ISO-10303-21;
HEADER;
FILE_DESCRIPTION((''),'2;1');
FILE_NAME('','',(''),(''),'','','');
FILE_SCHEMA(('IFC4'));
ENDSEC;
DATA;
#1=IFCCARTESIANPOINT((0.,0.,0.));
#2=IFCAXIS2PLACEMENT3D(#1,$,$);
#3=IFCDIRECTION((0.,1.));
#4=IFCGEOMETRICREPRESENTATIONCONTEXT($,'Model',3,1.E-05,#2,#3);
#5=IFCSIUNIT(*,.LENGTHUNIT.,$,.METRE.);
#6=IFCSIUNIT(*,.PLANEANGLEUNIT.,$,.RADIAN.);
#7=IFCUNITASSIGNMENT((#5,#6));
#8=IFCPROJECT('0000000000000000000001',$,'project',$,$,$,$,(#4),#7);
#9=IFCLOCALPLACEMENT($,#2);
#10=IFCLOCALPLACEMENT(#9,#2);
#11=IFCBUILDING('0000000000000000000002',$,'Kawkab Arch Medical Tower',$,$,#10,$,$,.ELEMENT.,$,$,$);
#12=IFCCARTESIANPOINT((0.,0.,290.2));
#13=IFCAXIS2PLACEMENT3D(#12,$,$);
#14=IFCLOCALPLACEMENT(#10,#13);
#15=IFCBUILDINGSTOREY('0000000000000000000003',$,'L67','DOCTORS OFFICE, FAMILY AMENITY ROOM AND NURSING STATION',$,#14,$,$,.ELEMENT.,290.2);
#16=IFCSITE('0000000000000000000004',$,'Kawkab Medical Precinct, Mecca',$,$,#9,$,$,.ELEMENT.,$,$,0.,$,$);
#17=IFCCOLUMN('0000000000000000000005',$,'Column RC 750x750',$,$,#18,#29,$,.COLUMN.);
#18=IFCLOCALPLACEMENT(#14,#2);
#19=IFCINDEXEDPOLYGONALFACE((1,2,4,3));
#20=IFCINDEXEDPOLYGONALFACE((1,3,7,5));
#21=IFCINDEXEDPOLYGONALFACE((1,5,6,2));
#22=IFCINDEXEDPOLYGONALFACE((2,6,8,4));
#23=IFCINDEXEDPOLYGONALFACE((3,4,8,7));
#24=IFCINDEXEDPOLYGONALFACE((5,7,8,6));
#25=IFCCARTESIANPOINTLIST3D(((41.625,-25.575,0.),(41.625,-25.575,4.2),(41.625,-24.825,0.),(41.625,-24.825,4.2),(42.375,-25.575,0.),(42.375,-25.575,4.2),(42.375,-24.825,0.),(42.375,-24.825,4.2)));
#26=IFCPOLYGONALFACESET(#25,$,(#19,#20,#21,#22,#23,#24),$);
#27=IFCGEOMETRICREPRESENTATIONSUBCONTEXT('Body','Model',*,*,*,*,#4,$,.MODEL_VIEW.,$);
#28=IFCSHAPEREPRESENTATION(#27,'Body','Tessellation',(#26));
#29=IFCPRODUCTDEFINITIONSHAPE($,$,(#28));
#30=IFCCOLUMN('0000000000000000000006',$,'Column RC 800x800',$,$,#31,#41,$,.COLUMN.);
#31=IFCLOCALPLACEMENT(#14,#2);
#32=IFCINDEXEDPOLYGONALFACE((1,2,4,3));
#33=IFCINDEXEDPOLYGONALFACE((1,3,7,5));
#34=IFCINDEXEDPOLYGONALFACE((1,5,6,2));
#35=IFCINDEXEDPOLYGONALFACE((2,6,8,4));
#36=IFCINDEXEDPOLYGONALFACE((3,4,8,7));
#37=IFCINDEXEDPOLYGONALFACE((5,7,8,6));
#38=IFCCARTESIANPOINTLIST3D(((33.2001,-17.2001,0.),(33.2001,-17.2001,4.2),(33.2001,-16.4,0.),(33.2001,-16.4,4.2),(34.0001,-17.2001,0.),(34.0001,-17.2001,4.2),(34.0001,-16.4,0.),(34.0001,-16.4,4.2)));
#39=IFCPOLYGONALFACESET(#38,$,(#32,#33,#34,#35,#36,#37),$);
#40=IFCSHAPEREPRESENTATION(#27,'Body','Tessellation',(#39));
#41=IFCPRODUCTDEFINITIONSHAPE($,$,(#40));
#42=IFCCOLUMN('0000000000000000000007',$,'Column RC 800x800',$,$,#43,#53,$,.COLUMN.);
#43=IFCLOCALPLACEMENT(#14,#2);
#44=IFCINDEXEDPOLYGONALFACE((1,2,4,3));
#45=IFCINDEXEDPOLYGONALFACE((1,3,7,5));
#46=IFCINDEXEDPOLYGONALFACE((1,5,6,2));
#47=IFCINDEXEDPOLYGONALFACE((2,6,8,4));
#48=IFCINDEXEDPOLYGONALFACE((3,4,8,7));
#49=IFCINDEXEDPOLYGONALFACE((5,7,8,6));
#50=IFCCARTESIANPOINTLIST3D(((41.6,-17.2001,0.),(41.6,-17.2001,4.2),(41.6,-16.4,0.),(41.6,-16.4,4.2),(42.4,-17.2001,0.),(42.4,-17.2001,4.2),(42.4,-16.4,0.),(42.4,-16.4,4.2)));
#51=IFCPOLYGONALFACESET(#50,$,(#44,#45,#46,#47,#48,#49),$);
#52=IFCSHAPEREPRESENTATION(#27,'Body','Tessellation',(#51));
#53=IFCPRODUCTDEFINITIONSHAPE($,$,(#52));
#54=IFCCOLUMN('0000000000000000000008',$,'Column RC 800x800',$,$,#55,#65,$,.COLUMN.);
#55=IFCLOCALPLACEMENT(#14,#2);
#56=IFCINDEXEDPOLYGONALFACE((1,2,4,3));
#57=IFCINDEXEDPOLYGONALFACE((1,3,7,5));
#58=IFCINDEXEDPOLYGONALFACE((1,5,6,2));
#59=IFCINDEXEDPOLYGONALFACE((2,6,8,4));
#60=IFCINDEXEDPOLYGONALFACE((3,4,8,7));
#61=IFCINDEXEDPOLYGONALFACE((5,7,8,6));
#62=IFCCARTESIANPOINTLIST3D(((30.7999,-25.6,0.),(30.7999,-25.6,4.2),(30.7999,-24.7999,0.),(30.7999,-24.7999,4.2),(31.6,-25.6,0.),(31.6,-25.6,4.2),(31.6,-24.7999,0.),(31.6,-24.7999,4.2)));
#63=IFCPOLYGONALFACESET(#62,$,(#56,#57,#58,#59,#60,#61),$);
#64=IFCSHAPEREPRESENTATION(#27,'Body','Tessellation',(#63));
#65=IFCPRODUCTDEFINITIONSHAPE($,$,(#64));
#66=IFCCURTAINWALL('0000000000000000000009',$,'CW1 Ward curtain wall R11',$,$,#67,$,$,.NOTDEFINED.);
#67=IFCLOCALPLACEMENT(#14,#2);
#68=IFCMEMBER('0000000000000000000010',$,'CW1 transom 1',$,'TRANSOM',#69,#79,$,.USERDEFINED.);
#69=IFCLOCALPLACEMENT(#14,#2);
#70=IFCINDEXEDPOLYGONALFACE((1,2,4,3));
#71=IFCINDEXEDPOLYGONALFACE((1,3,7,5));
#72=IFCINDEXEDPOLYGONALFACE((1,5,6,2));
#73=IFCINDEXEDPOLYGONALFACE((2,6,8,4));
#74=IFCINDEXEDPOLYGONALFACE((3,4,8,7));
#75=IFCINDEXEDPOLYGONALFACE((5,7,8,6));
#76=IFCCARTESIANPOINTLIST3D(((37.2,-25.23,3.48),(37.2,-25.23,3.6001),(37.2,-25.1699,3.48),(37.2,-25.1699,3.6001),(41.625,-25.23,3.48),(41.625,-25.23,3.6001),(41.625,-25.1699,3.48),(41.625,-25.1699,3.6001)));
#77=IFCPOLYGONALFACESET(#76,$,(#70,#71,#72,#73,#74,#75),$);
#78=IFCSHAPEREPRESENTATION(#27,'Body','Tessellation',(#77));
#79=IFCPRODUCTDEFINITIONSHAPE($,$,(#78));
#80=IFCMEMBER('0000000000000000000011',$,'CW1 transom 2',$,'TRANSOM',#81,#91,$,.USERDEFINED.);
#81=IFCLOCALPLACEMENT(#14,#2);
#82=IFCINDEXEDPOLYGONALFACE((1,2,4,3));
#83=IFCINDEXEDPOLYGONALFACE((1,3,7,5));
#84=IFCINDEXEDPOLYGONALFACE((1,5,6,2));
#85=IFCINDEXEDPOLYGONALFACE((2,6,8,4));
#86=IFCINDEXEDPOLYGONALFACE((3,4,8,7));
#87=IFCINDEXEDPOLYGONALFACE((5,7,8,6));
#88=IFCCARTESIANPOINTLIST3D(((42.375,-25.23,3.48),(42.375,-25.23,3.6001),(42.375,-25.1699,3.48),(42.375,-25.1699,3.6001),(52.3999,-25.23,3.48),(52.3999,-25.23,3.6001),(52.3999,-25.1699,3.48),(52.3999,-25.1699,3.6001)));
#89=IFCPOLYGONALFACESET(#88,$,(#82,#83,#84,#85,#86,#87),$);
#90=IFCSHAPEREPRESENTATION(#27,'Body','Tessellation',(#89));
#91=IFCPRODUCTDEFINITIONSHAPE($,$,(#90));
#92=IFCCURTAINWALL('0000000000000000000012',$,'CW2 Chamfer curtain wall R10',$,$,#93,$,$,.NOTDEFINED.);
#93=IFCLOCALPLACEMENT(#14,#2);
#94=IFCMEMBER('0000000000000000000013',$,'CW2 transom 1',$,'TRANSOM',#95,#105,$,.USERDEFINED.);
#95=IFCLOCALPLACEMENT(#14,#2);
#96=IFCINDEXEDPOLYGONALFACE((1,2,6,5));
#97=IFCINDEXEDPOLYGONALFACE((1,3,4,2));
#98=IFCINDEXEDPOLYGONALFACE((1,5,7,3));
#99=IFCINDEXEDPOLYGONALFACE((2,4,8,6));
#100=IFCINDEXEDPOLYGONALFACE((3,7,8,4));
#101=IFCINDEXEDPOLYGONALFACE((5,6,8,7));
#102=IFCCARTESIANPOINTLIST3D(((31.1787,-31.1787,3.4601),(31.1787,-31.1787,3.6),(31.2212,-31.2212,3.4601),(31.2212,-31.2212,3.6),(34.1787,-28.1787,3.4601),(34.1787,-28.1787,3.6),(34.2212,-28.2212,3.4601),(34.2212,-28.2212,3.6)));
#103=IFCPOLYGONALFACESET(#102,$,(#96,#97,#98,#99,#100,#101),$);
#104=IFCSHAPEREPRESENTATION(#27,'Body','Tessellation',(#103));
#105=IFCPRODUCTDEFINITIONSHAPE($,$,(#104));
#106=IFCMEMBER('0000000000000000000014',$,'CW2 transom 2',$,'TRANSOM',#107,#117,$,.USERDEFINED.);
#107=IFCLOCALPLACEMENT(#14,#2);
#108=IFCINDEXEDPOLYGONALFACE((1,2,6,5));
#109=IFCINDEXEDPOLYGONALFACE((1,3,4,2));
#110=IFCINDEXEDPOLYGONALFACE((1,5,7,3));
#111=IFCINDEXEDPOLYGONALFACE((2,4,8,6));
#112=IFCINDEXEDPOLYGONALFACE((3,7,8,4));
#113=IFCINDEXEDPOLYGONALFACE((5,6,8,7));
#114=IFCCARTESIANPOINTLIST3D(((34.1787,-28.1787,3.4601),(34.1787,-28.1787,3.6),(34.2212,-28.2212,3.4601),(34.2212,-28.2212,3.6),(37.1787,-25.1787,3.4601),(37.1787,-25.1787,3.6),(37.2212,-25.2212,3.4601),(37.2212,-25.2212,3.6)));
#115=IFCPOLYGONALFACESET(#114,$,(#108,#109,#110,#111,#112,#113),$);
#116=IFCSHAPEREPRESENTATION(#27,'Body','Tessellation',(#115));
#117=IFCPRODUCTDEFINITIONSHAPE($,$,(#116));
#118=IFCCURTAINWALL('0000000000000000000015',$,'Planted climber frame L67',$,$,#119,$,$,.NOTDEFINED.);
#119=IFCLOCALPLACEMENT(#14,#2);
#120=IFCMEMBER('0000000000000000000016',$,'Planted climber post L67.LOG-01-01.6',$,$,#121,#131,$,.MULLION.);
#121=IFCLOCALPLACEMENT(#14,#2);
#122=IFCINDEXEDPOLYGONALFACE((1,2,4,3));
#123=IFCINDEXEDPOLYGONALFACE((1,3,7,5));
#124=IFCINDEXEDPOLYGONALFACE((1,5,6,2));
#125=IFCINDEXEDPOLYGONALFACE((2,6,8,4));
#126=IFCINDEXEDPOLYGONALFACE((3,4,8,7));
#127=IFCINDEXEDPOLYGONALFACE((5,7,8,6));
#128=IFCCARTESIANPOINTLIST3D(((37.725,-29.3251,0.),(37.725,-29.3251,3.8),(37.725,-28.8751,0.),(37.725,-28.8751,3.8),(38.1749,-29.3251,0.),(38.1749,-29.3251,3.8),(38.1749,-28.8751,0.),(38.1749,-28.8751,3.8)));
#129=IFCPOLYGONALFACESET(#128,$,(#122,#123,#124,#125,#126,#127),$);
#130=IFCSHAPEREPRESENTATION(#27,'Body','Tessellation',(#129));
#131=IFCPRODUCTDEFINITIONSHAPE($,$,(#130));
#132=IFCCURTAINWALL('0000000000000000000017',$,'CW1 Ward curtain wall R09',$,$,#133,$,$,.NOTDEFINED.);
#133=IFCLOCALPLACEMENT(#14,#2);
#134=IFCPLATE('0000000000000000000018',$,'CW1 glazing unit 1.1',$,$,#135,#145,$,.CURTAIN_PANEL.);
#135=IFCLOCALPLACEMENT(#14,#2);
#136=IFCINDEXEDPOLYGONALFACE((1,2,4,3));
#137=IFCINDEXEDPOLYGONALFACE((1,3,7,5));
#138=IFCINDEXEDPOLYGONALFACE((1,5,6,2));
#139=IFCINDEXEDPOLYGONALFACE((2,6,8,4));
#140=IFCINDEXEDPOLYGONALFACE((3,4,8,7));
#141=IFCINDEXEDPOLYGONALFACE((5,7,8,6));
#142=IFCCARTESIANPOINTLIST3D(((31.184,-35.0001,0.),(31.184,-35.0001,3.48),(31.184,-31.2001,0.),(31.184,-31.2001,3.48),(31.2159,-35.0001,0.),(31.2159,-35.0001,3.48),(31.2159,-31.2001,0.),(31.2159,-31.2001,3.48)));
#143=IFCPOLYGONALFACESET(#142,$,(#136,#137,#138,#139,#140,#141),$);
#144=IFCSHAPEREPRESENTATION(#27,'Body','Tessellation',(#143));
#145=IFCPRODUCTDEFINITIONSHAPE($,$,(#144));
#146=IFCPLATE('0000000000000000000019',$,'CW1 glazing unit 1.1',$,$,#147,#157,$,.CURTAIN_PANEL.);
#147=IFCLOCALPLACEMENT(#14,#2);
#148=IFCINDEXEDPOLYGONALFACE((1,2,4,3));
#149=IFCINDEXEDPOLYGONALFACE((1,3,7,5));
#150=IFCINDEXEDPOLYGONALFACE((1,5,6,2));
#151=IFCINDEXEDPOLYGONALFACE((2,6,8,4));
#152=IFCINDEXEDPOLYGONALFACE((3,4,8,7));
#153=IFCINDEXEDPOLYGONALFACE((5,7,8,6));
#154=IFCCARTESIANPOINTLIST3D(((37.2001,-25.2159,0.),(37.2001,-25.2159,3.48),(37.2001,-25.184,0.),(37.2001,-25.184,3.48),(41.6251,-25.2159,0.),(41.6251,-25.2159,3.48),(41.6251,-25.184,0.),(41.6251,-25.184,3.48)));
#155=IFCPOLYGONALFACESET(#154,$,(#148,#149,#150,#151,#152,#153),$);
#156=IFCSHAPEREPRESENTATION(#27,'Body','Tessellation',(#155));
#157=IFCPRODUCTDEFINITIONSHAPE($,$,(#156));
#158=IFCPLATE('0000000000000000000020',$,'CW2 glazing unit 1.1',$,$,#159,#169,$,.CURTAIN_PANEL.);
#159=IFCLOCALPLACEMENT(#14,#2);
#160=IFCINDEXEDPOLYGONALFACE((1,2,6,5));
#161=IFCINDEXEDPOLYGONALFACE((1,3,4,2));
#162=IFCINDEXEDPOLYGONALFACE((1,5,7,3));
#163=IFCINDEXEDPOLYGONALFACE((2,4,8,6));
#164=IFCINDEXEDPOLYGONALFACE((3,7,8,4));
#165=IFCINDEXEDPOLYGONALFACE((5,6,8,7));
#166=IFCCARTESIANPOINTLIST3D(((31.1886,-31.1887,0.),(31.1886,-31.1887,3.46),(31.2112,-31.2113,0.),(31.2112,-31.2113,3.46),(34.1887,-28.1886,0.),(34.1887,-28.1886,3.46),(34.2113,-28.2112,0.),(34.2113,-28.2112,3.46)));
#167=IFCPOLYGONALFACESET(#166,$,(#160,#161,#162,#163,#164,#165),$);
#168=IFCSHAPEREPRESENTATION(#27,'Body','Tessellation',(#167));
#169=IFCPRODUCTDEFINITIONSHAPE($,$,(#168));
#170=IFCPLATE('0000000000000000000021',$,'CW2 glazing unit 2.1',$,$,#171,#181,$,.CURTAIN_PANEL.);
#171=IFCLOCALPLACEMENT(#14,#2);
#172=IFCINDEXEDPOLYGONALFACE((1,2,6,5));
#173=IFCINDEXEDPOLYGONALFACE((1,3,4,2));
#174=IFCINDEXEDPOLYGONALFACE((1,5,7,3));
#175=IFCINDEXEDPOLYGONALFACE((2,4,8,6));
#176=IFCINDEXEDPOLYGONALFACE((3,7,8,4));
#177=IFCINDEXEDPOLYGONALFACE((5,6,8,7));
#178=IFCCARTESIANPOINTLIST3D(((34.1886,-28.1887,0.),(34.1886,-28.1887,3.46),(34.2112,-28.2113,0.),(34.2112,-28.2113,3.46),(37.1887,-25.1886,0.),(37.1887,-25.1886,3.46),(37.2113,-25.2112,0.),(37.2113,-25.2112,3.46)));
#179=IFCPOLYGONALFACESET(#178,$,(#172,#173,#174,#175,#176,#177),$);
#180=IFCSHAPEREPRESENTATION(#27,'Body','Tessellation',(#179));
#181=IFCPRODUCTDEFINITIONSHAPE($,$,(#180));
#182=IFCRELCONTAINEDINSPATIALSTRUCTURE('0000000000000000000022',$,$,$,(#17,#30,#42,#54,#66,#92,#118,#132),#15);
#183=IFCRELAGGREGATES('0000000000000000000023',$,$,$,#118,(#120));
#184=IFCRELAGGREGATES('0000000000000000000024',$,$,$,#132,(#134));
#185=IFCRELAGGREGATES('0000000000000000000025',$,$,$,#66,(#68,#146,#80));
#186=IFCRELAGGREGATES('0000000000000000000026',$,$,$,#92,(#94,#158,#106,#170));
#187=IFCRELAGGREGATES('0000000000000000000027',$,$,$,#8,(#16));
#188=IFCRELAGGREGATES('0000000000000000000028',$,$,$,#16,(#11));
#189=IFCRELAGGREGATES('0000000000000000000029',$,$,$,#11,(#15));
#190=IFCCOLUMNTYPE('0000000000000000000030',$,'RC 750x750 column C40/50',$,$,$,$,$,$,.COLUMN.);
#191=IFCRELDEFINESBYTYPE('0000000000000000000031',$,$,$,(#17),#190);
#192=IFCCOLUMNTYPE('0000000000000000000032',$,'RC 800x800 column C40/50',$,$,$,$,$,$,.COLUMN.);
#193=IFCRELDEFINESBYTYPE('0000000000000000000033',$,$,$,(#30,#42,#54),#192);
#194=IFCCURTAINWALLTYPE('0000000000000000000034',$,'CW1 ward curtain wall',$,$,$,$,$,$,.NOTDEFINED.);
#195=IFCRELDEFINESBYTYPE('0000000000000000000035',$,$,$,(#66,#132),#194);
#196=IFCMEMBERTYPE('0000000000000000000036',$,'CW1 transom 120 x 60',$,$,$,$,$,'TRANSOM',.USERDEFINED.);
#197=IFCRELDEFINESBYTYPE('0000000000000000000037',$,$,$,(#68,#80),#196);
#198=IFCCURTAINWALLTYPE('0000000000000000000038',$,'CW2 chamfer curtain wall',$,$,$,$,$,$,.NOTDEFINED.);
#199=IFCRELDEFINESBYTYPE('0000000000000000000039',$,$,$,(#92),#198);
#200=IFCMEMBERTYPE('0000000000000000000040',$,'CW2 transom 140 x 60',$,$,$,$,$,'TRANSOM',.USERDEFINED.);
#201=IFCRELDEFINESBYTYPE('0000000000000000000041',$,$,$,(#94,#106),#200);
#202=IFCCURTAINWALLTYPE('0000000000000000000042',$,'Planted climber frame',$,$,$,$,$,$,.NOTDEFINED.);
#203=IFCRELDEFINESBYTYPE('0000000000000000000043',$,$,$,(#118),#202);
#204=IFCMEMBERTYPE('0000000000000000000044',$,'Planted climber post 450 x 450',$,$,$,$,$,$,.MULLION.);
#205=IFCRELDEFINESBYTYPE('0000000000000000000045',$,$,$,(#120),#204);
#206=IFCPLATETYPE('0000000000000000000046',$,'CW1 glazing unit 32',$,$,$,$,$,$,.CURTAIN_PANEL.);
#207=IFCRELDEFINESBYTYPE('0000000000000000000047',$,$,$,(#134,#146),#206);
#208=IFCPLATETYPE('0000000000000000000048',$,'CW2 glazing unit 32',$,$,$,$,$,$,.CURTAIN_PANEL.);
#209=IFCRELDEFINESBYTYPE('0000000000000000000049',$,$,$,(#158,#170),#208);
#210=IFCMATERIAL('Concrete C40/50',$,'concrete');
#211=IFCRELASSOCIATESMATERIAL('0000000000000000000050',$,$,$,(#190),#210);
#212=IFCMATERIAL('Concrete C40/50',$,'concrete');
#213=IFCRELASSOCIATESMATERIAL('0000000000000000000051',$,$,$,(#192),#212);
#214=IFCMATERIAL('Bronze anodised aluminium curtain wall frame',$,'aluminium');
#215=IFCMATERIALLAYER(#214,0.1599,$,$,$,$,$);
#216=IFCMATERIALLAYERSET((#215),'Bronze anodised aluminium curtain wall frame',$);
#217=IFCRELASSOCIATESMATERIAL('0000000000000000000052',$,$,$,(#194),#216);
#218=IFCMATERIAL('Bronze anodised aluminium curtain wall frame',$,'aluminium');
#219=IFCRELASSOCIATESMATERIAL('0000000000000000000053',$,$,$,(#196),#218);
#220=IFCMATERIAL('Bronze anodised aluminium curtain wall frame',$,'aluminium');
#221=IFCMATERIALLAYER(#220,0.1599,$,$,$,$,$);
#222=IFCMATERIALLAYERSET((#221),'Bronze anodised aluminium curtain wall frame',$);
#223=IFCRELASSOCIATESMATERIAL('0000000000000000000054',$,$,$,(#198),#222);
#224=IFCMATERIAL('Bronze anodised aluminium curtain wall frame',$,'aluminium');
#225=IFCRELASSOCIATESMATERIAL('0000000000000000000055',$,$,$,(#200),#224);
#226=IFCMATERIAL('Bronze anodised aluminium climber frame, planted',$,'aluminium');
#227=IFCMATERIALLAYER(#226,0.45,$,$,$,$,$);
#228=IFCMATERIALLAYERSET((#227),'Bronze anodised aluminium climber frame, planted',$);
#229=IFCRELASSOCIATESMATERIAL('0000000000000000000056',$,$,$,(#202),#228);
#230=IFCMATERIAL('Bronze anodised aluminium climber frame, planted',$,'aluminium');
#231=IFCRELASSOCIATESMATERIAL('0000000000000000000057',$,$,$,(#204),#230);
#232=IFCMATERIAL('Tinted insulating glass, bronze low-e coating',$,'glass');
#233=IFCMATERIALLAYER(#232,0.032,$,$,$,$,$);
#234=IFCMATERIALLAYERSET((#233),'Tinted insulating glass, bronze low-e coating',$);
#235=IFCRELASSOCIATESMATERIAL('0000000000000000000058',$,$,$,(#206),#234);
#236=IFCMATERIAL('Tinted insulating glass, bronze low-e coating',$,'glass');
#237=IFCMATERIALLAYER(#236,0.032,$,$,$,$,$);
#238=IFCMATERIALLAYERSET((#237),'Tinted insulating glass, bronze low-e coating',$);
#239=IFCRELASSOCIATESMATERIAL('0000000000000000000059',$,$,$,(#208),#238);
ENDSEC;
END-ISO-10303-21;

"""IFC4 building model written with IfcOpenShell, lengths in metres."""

from ifc_helpers import new_model, si_unit, direction, frame, origin, origin_2d, place, context, subcontext, project, spatial, rectangle, extrude, material, layer, layer_set, material_profile, profile_set, type_object, element, aggregate, save


model = new_model("IFC4")

# Units and contexts
model_context = context("Model", 3, precision=1e-05, world=origin(), true_north=direction((0.0, 1.0)))
body_context = subcontext(model_context, "Body", "Model", "MODEL_VIEW")
ifc_project = project(units=[si_unit("LENGTHUNIT", "METRE"), si_unit("PLANEANGLEUNIT", "RADIAN")], contexts=[model_context])

# Site, building, storey
site_placement = place(None, origin())
site = spatial("IfcSite", under=ifc_project, at=site_placement, Name="Kawkab Medical Precinct, Mecca", CompositionType="ELEMENT", RefElevation=0.0)
building_placement = place(site_placement, origin())
building = spatial("IfcBuilding", under=site, at=building_placement, Name="Kawkab Arch Medical Tower", CompositionType="ELEMENT")
storey_placement = place(building_placement, frame((0.0, 0.0, 290.2)))
storey = spatial("IfcBuildingStorey", under=building, at=storey_placement, Name="L67", Description="DOCTORS OFFICE, FAMILY AMENITY ROOM AND NURSING STATION", CompositionType="ELEMENT", Elevation=290.2)

# Columns
ifc_material_1 = material(Name="Concrete C40/50", Category="concrete")
ifc_material_profile_1 = material_profile(ifc_material_1, rectangle(XDim=0.75, YDim=0.75, at=origin_2d()), Name="RC 750x750")
ifc_profile_set_1 = profile_set([ifc_material_profile_1], Name="Concrete C40/50")
column_type_1 = type_object("IfcColumnType", Name="RC 750x750 column C40/50", PredefinedType="COLUMN", material=ifc_profile_set_1)
column_placement = place(storey_placement, frame((42.0, -25.2, 0.0), z_axis=(0.0, 0.0, 1.0), x_axis=(1.0, 0.0, 0.0)))
element("IfcColumn", 1, at=column_placement, inside=storey, type_object=column_type_1, Name="Column RC 750x750", PredefinedType="COLUMN", context=body_context, shape_type="SweptSolid", body=[
    extrude(rectangle(XDim=0.75, YDim=0.75, at=origin_2d()), origin(), (0.0, 0.0, 1.0), 4.2),
])
ifc_material_2 = material(Name="Concrete C40/50", Category="concrete")
ifc_material_profile_2 = material_profile(ifc_material_2, rectangle(XDim=0.8, YDim=0.8, at=origin_2d()), Name="RC 800x800")
ifc_profile_set_2 = profile_set([ifc_material_profile_2], Name="Concrete C40/50")
column_type_2 = type_object("IfcColumnType", Name="RC 800x800 column C40/50", PredefinedType="COLUMN", material=ifc_profile_set_2)
for number, where, z_axis, x_axis, name in (
    (2, (33.6001, -16.8, 0.0), (0.0, 0.0, 1.0), (1.0, 0.0, 0.0), "Column RC 800x800"),
    (3, (42.0, -16.8, 0.0), (0.0, 0.0, 1.0), (1.0, 0.0, 0.0), "Column RC 800x800"),
    (4, (31.2, -25.2, 0.0), (0.0, 0.0, 1.0), (1.0, 0.0, 0.0), "Column RC 800x800"),
):
    element("IfcColumn", number, at=place(storey_placement, frame(where, z_axis=z_axis, x_axis=x_axis)), inside=storey, type_object=column_type_2, Name=name, PredefinedType="COLUMN", context=body_context, shape_type="SweptSolid", body=[
        extrude(rectangle(XDim=0.8, YDim=0.8, at=origin_2d()), origin(), (0.0, 0.0, 1.0), 4.2),
    ])

# Curtain walls, members
ifc_material_3 = material(Name="Bronze anodised aluminium curtain wall frame", Category="aluminium")
ifc_layer_1 = layer(ifc_material_3, 0.1599)
ifc_layer_set_1 = layer_set([ifc_layer_1], Name="Bronze anodised aluminium curtain wall frame")
curtain_wall_type_1 = type_object("IfcCurtainWallType", Name="CW1 ward curtain wall", PredefinedType="NOTDEFINED", material=ifc_layer_set_1)
placement = place(storey_placement, origin())
curtain_wall_1 = element("IfcCurtainWall", 5, at=placement, inside=storey, type_object=curtain_wall_type_1, Name="CW1 Ward curtain wall R11", PredefinedType="NOTDEFINED")
ifc_material_4 = material(Name="Bronze anodised aluminium curtain wall frame", Category="aluminium")
ifc_material_profile_3 = material_profile(ifc_material_4, rectangle(XDim=0.0601, YDim=0.1201, at=origin_2d()), Name="AL 60x120")
ifc_profile_set_3 = profile_set([ifc_material_profile_3], Name="Bronze anodised aluminium curtain wall frame")
member_type_1 = type_object("IfcMemberType", Name="CW1 transom 120 x 60", ElementType="TRANSOM", PredefinedType="USERDEFINED", material=ifc_profile_set_3)
member_1_placement = place(storey_placement, frame((37.2, -25.2, 3.54), z_axis=(1.0, 0.0, 0.0), x_axis=(0.0, 1.0, 0.0)))
member_1 = element("IfcMember", 6, at=member_1_placement, type_object=member_type_1, Name="CW1 transom 1", ObjectType="TRANSOM", PredefinedType="USERDEFINED", context=body_context, shape_type="SweptSolid", body=[
    extrude(rectangle(XDim=0.0601, YDim=0.1201, at=origin_2d()), origin(), (0.0, 0.0, 1.0), 4.425),
])
member_2_placement = place(storey_placement, frame((42.375, -25.2, 3.54), z_axis=(1.0, 0.0, 0.0), x_axis=(0.0, 1.0, 0.0)))
member_2 = element("IfcMember", 7, at=member_2_placement, type_object=member_type_1, Name="CW1 transom 2", ObjectType="TRANSOM", PredefinedType="USERDEFINED", context=body_context, shape_type="SweptSolid", body=[
    extrude(rectangle(XDim=0.0601, YDim=0.1201, at=origin_2d()), origin(), (0.0, 0.0, 1.0), 10.0249),
])
ifc_material_5 = material(Name="Bronze anodised aluminium curtain wall frame", Category="aluminium")
ifc_layer_2 = layer(ifc_material_5, 0.1599)
ifc_layer_set_2 = layer_set([ifc_layer_2], Name="Bronze anodised aluminium curtain wall frame")
curtain_wall_type_2 = type_object("IfcCurtainWallType", Name="CW2 chamfer curtain wall", PredefinedType="NOTDEFINED", material=ifc_layer_set_2)
curtain_wall_2 = element("IfcCurtainWall", 8, at=placement, inside=storey, type_object=curtain_wall_type_2, Name="CW2 Chamfer curtain wall R10", PredefinedType="NOTDEFINED")
ifc_material_6 = material(Name="Bronze anodised aluminium curtain wall frame", Category="aluminium")
ifc_material_profile_4 = material_profile(ifc_material_6, rectangle(XDim=0.0601, YDim=0.1399, at=origin_2d()), Name="AL 60x140")
ifc_profile_set_4 = profile_set([ifc_material_profile_4], Name="Bronze anodised aluminium curtain wall frame")
member_type_2 = type_object("IfcMemberType", Name="CW2 transom 140 x 60", ElementType="TRANSOM", PredefinedType="USERDEFINED", material=ifc_profile_set_4)
member_3_placement = place(storey_placement, frame((31.2, -31.2, 3.53), z_axis=(0.707107, 0.707107, 0.0), x_axis=(-0.707107, 0.707107, 0.0)))
member_3 = element("IfcMember", 9, at=member_3_placement, type_object=member_type_2, Name="CW2 transom 1", ObjectType="TRANSOM", PredefinedType="USERDEFINED", context=body_context, shape_type="SweptSolid", body=[
    extrude(rectangle(XDim=0.0601, YDim=0.1399, at=origin_2d()), origin(), (0.0, 0.0, 1.0), 4.2427),
])
member_4_placement = place(storey_placement, frame((34.2, -28.2, 3.53), z_axis=(0.707107, 0.707107, 0.0), x_axis=(-0.707107, 0.707107, 0.0)))
member_4 = element("IfcMember", 10, at=member_4_placement, type_object=member_type_2, Name="CW2 transom 2", ObjectType="TRANSOM", PredefinedType="USERDEFINED", context=body_context, shape_type="SweptSolid", body=[
    extrude(rectangle(XDim=0.0601, YDim=0.1399, at=origin_2d()), origin(), (0.0, 0.0, 1.0), 4.2427),
])

# Curtain wall, member
ifc_material_7 = material(Name="Bronze anodised aluminium climber frame, planted", Category="aluminium")
ifc_layer_3 = layer(ifc_material_7, 0.45)
ifc_layer_set_3 = layer_set([ifc_layer_3], Name="Bronze anodised aluminium climber frame, planted")
curtain_wall_type_3 = type_object("IfcCurtainWallType", Name="Planted climber frame", PredefinedType="NOTDEFINED", material=ifc_layer_set_3)
curtain_wall_3 = element("IfcCurtainWall", 11, at=placement, inside=storey, type_object=curtain_wall_type_3, Name="Planted climber frame L67", PredefinedType="NOTDEFINED")
ifc_material_8 = material(Name="Bronze anodised aluminium climber frame, planted", Category="aluminium")
ifc_material_profile_5 = material_profile(ifc_material_8, rectangle(XDim=0.45, YDim=0.45, at=origin_2d()), Name="Post 450x450")
ifc_profile_set_5 = profile_set([ifc_material_profile_5], Name="Bronze anodised aluminium climber frame, planted")
member_type_3 = type_object("IfcMemberType", Name="Planted climber post 450 x 450", PredefinedType="MULLION", material=ifc_profile_set_5)
member_5_placement = place(storey_placement, frame((37.95, -29.1001, 0.0), z_axis=(0.0, 0.0, 1.0), x_axis=(1.0, 0.0, 0.0)))
member_5 = element("IfcMember", 12, at=member_5_placement, type_object=member_type_3, Name="Planted climber post L67.LOG-01-01.6", PredefinedType="MULLION", context=body_context, shape_type="SweptSolid", body=[
    extrude(rectangle(XDim=0.45, YDim=0.45, at=origin_2d()), origin(), (0.0, 0.0, 1.0), 3.8),
])
aggregate(curtain_wall_3, [member_5])

# Curtain wall, plate
curtain_wall_4 = element("IfcCurtainWall", 13, at=placement, inside=storey, type_object=curtain_wall_type_1, Name="CW1 Ward curtain wall R09", PredefinedType="NOTDEFINED")
ifc_material_9 = material(Name="Tinted insulating glass, bronze low-e coating", Category="glass")
ifc_layer_4 = layer(ifc_material_9, 0.032)
ifc_layer_set_4 = layer_set([ifc_layer_4], Name="Tinted insulating glass, bronze low-e coating")
plate_type_1 = type_object("IfcPlateType", Name="CW1 glazing unit 32", PredefinedType="CURTAIN_PANEL", material=ifc_layer_set_4)
plate_1_placement = place(storey_placement, frame((31.2, -33.1001, 0.0), z_axis=(0.0, 0.0, 1.0), x_axis=(0.0, 1.0, 0.0)))
plate_1 = element("IfcPlate", 14, at=plate_1_placement, type_object=plate_type_1, Name="CW1 glazing unit 1.1", PredefinedType="CURTAIN_PANEL", context=body_context, shape_type="SweptSolid", body=[
    extrude(rectangle(XDim=3.8, YDim=0.032, at=origin_2d()), origin(), (0.0, 0.0, 1.0), 3.48),
])
aggregate(curtain_wall_4, [plate_1])

# Plates
plate_2_placement = place(storey_placement, frame((39.4126, -25.2, 0.0), z_axis=(0.0, 0.0, 1.0), x_axis=(1.0, 0.0, 0.0)))
plate_2 = element("IfcPlate", 15, at=plate_2_placement, type_object=plate_type_1, Name="CW1 glazing unit 1.1", PredefinedType="CURTAIN_PANEL", context=body_context, shape_type="SweptSolid", body=[
    extrude(rectangle(XDim=4.425, YDim=0.032, at=origin_2d()), origin(), (0.0, 0.0, 1.0), 3.48),
])
aggregate(curtain_wall_1, [member_1, plate_2, member_2])
ifc_material_10 = material(Name="Tinted insulating glass, bronze low-e coating", Category="glass")
ifc_layer_5 = layer(ifc_material_10, 0.032)
ifc_layer_set_5 = layer_set([ifc_layer_5], Name="Tinted insulating glass, bronze low-e coating")
plate_type_2 = type_object("IfcPlateType", Name="CW2 glazing unit 32", PredefinedType="CURTAIN_PANEL", material=ifc_layer_set_5)
plate_3_placement = place(storey_placement, frame((32.7, -29.7, 0.0), z_axis=(0.0, 0.0, 1.0), x_axis=(0.707107, 0.707107, 0.0)))
plate_3 = element("IfcPlate", 16, at=plate_3_placement, type_object=plate_type_2, Name="CW2 glazing unit 1.1", PredefinedType="CURTAIN_PANEL", context=body_context, shape_type="SweptSolid", body=[
    extrude(rectangle(XDim=4.2427, YDim=0.032, at=origin_2d()), origin(), (0.0, 0.0, 1.0), 3.46),
])
plate_4_placement = place(storey_placement, frame((35.7, -26.7, 0.0), z_axis=(0.0, 0.0, 1.0), x_axis=(0.707107, 0.707107, 0.0)))
plate_4 = element("IfcPlate", 17, at=plate_4_placement, type_object=plate_type_2, Name="CW2 glazing unit 2.1", PredefinedType="CURTAIN_PANEL", context=body_context, shape_type="SweptSolid", body=[
    extrude(rectangle(XDim=4.2427, YDim=0.032, at=origin_2d()), origin(), (0.0, 0.0, 1.0), 3.46),
])
aggregate(curtain_wall_2, [member_3, plate_3, member_4, plate_4])

save(model, "model.ifc")
